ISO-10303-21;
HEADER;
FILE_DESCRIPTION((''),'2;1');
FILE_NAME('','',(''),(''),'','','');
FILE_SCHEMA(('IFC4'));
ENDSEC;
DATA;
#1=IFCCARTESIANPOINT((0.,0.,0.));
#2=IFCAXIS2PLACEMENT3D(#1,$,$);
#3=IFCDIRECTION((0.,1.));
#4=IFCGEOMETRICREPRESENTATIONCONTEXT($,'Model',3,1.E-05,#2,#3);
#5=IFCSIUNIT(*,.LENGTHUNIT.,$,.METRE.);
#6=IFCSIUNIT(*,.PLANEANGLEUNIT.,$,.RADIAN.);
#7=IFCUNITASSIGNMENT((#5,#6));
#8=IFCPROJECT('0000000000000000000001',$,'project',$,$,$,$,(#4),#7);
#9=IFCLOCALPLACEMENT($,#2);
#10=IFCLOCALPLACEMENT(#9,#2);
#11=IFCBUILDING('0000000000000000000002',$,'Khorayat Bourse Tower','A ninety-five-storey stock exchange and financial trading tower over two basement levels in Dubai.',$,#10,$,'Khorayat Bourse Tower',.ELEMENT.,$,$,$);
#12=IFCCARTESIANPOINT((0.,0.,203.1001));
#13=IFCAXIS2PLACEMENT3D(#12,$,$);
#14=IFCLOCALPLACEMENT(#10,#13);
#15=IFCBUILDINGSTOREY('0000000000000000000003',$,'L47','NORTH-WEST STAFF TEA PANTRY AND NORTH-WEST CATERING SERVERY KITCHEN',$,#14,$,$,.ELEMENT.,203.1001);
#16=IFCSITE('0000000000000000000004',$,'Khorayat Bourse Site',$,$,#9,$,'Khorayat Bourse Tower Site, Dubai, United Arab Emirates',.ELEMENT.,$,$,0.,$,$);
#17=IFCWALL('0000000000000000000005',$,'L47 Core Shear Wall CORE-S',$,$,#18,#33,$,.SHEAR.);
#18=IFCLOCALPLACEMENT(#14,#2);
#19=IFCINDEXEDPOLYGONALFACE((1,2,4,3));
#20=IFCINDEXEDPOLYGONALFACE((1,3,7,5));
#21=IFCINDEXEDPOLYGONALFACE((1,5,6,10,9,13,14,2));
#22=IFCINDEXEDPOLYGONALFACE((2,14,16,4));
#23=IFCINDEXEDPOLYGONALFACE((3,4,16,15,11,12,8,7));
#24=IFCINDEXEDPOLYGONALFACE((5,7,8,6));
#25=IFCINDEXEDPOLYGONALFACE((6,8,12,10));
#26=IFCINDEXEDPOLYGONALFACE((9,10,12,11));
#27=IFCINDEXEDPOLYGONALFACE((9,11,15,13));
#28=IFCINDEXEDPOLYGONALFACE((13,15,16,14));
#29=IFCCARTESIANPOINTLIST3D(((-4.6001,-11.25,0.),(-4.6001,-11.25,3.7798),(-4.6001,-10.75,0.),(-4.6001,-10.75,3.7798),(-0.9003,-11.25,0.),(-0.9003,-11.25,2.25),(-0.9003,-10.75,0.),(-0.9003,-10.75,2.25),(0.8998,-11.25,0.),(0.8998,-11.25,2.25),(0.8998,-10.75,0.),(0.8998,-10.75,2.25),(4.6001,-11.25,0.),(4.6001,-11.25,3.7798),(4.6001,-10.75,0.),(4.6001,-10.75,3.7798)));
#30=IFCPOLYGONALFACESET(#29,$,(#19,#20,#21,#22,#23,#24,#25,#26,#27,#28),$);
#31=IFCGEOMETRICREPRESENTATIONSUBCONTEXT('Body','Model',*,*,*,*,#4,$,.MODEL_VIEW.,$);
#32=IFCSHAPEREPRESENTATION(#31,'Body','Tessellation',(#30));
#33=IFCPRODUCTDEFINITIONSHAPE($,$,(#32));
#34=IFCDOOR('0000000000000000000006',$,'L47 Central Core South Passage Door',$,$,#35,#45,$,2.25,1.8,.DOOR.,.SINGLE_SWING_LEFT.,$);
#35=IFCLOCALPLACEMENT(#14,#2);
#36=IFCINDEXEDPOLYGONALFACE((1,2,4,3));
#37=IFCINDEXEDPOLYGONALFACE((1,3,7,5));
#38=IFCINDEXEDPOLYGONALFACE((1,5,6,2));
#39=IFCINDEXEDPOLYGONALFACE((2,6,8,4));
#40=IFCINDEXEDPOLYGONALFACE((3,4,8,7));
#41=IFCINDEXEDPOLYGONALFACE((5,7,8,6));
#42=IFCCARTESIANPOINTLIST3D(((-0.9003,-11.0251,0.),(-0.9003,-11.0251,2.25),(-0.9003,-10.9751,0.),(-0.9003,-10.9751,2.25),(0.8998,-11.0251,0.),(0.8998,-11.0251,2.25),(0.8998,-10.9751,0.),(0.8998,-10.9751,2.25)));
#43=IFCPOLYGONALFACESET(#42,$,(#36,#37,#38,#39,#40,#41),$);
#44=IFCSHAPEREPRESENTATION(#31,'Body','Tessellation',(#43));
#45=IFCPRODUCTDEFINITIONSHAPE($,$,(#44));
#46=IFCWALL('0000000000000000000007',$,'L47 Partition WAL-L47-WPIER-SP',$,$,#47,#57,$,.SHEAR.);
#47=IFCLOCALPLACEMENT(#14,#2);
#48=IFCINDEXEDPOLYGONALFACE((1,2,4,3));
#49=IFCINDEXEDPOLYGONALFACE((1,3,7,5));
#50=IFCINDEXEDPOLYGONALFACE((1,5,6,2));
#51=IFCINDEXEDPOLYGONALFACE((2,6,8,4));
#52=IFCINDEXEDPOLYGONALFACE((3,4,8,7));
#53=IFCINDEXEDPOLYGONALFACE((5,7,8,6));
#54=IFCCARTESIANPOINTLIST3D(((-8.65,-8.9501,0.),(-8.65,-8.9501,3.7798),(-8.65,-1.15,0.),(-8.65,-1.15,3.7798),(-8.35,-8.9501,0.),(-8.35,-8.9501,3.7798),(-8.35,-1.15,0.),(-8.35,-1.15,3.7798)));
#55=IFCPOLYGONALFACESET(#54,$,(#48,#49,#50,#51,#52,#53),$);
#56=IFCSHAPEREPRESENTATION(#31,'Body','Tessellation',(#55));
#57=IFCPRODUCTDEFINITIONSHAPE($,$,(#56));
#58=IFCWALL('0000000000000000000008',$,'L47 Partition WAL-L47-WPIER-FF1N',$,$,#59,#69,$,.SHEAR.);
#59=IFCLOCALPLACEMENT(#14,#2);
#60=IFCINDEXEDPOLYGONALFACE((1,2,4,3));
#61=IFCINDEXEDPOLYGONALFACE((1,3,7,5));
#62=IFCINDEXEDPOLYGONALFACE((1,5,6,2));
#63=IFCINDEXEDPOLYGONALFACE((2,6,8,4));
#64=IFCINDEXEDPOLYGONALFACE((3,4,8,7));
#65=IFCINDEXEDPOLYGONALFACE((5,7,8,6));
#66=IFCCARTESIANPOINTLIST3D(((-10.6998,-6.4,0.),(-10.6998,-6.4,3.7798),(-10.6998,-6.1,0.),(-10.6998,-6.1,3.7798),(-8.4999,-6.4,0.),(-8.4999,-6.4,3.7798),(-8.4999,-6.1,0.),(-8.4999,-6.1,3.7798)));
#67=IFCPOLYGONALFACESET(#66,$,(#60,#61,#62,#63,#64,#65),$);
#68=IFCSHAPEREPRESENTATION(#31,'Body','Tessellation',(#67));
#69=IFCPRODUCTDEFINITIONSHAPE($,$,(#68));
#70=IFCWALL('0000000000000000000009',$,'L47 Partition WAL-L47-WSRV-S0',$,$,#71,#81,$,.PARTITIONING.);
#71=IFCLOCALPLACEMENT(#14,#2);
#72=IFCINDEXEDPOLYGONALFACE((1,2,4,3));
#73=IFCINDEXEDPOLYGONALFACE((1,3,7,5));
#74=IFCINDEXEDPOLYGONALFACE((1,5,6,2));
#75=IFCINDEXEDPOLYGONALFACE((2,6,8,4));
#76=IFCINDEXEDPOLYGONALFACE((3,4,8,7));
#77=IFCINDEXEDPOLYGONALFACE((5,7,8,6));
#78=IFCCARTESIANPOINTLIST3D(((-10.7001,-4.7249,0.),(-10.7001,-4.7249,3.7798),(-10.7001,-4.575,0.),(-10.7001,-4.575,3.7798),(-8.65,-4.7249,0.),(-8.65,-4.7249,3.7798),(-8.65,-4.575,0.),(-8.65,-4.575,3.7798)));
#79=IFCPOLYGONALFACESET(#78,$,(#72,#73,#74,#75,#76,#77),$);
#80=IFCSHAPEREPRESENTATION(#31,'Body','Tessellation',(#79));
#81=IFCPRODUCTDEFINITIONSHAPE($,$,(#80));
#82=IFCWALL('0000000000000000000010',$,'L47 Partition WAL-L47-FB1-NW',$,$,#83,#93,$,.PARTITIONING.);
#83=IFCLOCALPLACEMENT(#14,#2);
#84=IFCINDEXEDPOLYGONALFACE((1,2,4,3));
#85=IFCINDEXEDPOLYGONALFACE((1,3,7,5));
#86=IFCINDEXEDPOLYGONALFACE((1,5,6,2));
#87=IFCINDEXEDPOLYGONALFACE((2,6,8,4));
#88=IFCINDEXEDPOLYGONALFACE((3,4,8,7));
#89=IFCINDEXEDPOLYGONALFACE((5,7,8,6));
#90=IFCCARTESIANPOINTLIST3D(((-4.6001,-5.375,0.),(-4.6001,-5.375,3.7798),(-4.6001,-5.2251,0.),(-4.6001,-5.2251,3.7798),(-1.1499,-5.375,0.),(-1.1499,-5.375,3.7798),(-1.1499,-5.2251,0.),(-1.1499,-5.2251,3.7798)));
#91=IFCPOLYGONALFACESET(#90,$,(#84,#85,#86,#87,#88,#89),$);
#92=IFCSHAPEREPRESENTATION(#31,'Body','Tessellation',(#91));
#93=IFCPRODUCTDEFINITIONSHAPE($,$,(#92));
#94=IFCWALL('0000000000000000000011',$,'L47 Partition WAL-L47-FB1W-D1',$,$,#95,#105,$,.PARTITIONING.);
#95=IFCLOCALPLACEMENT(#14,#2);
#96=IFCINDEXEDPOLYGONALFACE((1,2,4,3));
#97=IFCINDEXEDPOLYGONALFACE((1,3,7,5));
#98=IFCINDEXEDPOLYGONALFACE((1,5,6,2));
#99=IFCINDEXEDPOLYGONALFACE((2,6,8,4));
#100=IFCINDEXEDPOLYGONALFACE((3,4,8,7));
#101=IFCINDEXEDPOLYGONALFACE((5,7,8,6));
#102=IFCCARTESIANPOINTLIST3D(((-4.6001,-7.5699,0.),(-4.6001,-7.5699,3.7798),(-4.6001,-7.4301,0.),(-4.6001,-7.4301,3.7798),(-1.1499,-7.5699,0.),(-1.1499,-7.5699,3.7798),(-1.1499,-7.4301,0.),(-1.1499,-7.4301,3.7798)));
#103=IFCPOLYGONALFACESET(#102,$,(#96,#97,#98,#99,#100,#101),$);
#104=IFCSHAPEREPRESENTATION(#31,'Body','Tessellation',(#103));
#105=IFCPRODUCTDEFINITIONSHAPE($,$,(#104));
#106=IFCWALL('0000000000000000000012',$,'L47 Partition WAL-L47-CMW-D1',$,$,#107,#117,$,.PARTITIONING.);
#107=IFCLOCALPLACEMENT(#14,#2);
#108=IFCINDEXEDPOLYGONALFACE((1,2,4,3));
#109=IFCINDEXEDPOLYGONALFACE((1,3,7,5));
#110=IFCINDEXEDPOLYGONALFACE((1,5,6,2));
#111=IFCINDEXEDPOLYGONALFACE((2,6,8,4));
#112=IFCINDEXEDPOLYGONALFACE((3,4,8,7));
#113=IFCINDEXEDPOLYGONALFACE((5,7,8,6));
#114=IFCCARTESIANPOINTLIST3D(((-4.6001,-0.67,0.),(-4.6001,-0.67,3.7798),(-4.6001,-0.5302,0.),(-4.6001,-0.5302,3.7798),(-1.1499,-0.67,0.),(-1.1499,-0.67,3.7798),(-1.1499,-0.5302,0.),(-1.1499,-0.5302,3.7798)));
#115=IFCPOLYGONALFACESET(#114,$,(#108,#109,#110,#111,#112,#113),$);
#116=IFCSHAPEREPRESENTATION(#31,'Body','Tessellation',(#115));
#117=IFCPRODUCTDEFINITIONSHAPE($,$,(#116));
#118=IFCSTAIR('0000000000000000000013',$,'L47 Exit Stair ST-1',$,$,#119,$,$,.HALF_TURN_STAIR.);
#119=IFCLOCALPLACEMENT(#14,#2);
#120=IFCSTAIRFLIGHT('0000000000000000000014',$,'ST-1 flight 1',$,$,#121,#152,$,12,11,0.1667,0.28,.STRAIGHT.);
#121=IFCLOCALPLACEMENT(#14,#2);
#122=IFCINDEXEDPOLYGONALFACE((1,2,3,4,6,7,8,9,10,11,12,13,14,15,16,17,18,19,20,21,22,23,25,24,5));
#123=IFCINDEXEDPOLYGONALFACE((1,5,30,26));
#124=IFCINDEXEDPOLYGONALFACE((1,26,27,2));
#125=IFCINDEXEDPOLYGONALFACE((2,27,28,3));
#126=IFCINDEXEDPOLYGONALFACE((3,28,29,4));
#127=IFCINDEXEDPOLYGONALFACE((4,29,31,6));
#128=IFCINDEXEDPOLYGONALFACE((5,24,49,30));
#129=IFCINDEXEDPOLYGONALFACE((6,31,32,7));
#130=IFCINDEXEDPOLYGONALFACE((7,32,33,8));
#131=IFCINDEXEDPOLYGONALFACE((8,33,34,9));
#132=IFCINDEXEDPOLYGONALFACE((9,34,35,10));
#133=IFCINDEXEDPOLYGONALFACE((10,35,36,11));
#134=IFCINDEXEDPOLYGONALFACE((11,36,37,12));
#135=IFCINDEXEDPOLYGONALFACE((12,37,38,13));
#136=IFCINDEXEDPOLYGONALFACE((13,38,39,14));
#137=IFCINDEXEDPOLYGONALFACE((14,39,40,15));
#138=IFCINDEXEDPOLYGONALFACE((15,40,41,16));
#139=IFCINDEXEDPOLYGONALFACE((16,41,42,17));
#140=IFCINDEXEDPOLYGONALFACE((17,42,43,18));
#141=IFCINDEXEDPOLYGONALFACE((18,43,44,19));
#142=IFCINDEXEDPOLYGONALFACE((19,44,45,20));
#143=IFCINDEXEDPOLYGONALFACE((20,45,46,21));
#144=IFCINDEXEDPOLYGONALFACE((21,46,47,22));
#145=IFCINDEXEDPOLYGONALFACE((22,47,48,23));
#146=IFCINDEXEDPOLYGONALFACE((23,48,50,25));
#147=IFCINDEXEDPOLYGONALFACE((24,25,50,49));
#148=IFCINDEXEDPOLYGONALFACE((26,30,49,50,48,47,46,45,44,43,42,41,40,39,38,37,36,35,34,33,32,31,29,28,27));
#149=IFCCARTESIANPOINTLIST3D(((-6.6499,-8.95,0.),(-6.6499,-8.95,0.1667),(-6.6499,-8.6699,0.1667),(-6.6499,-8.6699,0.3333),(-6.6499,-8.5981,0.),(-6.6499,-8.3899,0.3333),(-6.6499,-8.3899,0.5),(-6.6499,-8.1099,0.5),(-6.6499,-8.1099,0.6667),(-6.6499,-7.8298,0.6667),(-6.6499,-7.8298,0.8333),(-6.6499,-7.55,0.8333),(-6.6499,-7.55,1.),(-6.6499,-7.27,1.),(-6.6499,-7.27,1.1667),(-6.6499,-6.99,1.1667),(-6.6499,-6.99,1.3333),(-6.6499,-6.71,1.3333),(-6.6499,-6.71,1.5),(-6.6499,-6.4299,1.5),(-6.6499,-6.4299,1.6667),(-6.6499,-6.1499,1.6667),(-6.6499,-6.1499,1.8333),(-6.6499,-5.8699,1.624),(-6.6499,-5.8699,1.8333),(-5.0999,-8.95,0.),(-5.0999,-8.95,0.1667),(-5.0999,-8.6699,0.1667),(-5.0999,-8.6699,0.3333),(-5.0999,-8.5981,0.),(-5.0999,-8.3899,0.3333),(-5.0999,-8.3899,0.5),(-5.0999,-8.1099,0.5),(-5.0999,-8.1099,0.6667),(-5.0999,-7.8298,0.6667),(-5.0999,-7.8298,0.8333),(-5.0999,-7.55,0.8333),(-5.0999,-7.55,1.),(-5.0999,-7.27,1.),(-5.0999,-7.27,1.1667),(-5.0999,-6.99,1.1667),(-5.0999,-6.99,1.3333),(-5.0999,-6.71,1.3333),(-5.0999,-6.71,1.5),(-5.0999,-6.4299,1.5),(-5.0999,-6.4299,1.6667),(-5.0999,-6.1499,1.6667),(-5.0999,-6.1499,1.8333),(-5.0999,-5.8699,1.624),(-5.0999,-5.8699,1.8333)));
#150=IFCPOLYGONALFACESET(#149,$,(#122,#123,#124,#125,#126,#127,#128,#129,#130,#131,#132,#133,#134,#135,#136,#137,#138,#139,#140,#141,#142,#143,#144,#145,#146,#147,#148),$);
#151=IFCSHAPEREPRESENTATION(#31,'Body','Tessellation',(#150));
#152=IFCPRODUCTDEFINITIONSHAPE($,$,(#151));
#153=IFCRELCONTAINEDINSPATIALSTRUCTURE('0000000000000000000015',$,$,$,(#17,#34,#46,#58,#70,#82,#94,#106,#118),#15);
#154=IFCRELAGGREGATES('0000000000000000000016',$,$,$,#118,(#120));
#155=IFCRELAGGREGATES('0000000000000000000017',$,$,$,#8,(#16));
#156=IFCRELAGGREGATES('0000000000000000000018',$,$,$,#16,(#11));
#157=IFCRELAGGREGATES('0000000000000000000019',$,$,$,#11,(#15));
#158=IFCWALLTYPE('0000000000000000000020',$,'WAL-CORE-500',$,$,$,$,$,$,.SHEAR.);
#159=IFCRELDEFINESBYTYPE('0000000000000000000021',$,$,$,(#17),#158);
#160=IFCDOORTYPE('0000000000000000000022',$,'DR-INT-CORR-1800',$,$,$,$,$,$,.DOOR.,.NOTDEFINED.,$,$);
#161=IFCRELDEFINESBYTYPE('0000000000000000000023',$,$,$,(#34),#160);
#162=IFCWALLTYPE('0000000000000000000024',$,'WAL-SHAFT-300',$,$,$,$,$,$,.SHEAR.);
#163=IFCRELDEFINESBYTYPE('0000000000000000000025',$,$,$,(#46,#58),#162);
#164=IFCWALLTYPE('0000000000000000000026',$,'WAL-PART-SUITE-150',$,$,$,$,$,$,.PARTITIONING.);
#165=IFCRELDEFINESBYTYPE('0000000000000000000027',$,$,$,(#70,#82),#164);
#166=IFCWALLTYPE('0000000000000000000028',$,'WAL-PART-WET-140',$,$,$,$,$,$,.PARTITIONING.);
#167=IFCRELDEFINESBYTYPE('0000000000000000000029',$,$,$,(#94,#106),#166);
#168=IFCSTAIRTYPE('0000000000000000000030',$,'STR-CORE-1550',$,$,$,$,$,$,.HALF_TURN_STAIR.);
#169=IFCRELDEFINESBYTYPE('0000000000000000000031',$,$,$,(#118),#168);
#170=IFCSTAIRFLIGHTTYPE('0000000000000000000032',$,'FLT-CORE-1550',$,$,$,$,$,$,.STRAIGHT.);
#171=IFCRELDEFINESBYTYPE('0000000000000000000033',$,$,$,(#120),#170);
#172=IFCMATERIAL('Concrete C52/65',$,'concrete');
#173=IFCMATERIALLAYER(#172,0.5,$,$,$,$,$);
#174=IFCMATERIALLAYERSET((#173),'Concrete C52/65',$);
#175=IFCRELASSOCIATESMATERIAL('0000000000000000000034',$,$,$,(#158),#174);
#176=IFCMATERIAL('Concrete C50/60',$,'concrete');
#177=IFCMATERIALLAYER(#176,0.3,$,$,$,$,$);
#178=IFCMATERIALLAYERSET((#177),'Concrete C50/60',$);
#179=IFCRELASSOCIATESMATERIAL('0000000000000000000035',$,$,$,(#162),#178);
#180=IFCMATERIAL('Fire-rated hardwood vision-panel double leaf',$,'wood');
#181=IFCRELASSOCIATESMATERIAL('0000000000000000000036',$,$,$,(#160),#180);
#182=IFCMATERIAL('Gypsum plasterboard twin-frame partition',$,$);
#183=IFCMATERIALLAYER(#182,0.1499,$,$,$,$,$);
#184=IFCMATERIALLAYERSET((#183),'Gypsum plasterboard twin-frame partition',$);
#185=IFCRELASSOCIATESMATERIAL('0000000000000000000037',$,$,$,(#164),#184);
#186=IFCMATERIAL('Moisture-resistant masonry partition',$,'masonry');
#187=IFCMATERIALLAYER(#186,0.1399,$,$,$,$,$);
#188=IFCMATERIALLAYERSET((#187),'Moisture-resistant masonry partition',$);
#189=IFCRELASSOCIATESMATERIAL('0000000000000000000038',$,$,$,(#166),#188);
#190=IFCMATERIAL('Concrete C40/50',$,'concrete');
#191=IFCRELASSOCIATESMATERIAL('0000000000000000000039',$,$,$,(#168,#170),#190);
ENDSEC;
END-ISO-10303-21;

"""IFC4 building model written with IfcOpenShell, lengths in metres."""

from ifc_helpers import new_model, si_unit, direction, frame, frame_2d, origin, place, context, subcontext, project, spatial, polyline, rectangle, outline, extrude, source, transform, mapped, material, layer, layer_set, type_object, element, fill, aggregate, save


model = new_model("IFC4")

# Units and contexts
model_context = context("Model", 3, precision=1e-05, world=origin(), true_north=direction((0.0, 1.0)))
body_context = subcontext(model_context, "Body", "Model", "MODEL_VIEW")
ifc_project = project(units=[si_unit("LENGTHUNIT", "METRE"), si_unit("PLANEANGLEUNIT", "RADIAN")], contexts=[model_context])

# Site, building, storey
site_placement = place(None, origin())
site = spatial("IfcSite", under=ifc_project, at=site_placement, Name="Khorayat Bourse Site", LongName="Khorayat Bourse Tower Site, Dubai, United Arab Emirates", CompositionType="ELEMENT", RefElevation=0.0)
building_placement = place(site_placement, origin())
building = spatial("IfcBuilding", under=site, at=building_placement, Name="Khorayat Bourse Tower", Description="A ninety-five-storey stock exchange and financial trading tower over two basement levels in Dubai.", LongName="Khorayat Bourse Tower", CompositionType="ELEMENT")
storey_placement = place(building_placement, frame((0.0, 0.0, 203.1001)))
storey = spatial("IfcBuildingStorey", under=building, at=storey_placement, Name="L47", Description="NORTH-WEST STAFF TEA PANTRY AND NORTH-WEST CATERING SERVERY KITCHEN", CompositionType="ELEMENT", Elevation=203.1001)

# Shared definitions
ifc_material_1 = material(Name="Concrete C52/65", Category="concrete")
ifc_layer_1 = layer(ifc_material_1, 0.5)
ifc_layer_set_1 = layer_set([ifc_layer_1], Name="Concrete C52/65")
wall_type_1 = type_object("IfcWallType", Name="WAL-CORE-500", PredefinedType="SHEAR", material=ifc_layer_set_1)
ifc_material_2 = material(Name="Concrete C50/60", Category="concrete")
ifc_layer_2 = layer(ifc_material_2, 0.3)
ifc_layer_set_2 = layer_set([ifc_layer_2], Name="Concrete C50/60")
wall_type_2 = type_object("IfcWallType", Name="WAL-SHAFT-300", PredefinedType="SHEAR", material=ifc_layer_set_2)

# Wall, opening, door
shared_shape_1 = source(origin(), body_context, "Body", "SweptSolid", [
    extrude(rectangle(XDim=9.2002, YDim=0.5, at=frame_2d((4.6001, 0.0))), origin(), (0.0, 0.0, 1.0), 3.7798),
])
wall_1_placement = place(storey_placement, frame((-4.6001, -11.0, 0.0), z_axis=(0.0, 0.0, 1.0), x_axis=(1.0, 0.0, 0.0)))
wall_1 = element("IfcWall", 1, at=wall_1_placement, inside=storey, type_object=wall_type_1, Name="L47 Core Shear Wall CORE-S", PredefinedType="SHEAR", context=body_context, shape_type="MappedRepresentation", body=[
    mapped(shared_shape_1, transform((0.0, 0.0, 0.0), scale=1.0)),
])
shared_shape_2 = source(origin(), body_context, "Body", "SweptSolid", [
    extrude(rectangle(XDim=1.8, YDim=2.25, at=frame_2d((0.8999, 1.125))), frame((0.0, 0.26, 0.0), z_axis=(0.0, -1.0, 0.0), x_axis=(1.0, 0.0, 0.0)), (0.0, 0.0, 1.0), 0.52),
])
opening_1_placement = place(wall_1_placement, frame((3.7, 0.0, 0.0)))
opening_1 = element("IfcOpeningElement", 2, at=opening_1_placement, cuts=wall_1, PredefinedType="OPENING", context=body_context, shape_type="MappedRepresentation", body=[
    mapped(shared_shape_2, transform((0.0, 0.0, 0.0), scale=1.0)),
])
ifc_material_3 = material(Name="Fire-rated hardwood vision-panel double leaf", Category="wood")
door_type_1 = type_object("IfcDoorType", Name="DR-INT-CORR-1800", OperationType="NOTDEFINED", PredefinedType="DOOR", material=ifc_material_3)
shared_shape_3 = source(origin(), body_context, "Body", "SweptSolid", [
    extrude(rectangle(XDim=1.8, YDim=2.25, at=frame_2d((0.8999, 1.125))), frame((0.0, 0.0249, 0.0), z_axis=(0.0, -1.0, 0.0), x_axis=(1.0, 0.0, 0.0)), (0.0, 0.0, 1.0), 0.05),
])
door_1_placement = place(opening_1_placement, origin())
door_1 = element("IfcDoor", 3, at=door_1_placement, inside=storey, type_object=door_type_1, Name="L47 Central Core South Passage Door", OperationType="SINGLE_SWING_LEFT", OverallHeight=2.25, OverallWidth=1.8, PredefinedType="DOOR", context=body_context, shape_type="MappedRepresentation", body=[
    mapped(shared_shape_3, transform((0.0, 0.0, 0.0), scale=1.0)),
])
fill(opening_1, door_1)

# Walls
shared_shape_4 = source(origin(), body_context, "Body", "SweptSolid", [
    extrude(rectangle(XDim=7.8, YDim=0.3, at=frame_2d((3.8999, 0.0))), origin(), (0.0, 0.0, 1.0), 3.7798),
])
wall_2_placement = place(storey_placement, frame((-8.5, -8.95, 0.0), z_axis=(0.0, 0.0, 1.0), x_axis=(0.0, 1.0, 0.0)))
element("IfcWall", 4, at=wall_2_placement, inside=storey, type_object=wall_type_2, Name="L47 Partition WAL-L47-WPIER-SP", PredefinedType="SHEAR", context=body_context, shape_type="MappedRepresentation", body=[
    mapped(shared_shape_4, transform((0.0, 0.0, 0.0), scale=1.0)),
])
shared_shape_5 = source(origin(), body_context, "Body", "SweptSolid", [
    extrude(rectangle(XDim=2.2, YDim=0.3, at=frame_2d((1.1001, 0.0))), origin(), (0.0, 0.0, 1.0), 3.7798),
])
wall_3_placement = place(storey_placement, frame((-10.7, -6.25, 0.0), z_axis=(0.0, 0.0, 1.0), x_axis=(1.0, 0.0, 0.0)))
element("IfcWall", 5, at=wall_3_placement, inside=storey, type_object=wall_type_2, Name="L47 Partition WAL-L47-WPIER-FF1N", PredefinedType="SHEAR", context=body_context, shape_type="MappedRepresentation", body=[
    mapped(shared_shape_5, transform((0.0, 0.0, 0.0), scale=1.0)),
])
ifc_material_4 = material(Name="Gypsum plasterboard twin-frame partition")
ifc_layer_3 = layer(ifc_material_4, 0.1499)
ifc_layer_set_3 = layer_set([ifc_layer_3], Name="Gypsum plasterboard twin-frame partition")
wall_type_3 = type_object("IfcWallType", Name="WAL-PART-SUITE-150", PredefinedType="PARTITIONING", material=ifc_layer_set_3)
shared_shape_6 = source(origin(), body_context, "Body", "SweptSolid", [
    extrude(rectangle(XDim=2.05, YDim=0.1499, at=frame_2d((1.0249, 0.0))), origin(), (0.0, 0.0, 1.0), 3.7798),
])
wall_4_placement = place(storey_placement, frame((-10.7, -4.6499, 0.0), z_axis=(0.0, 0.0, 1.0), x_axis=(1.0, 0.0, 0.0)))
element("IfcWall", 6, at=wall_4_placement, inside=storey, type_object=wall_type_3, Name="L47 Partition WAL-L47-WSRV-S0", PredefinedType="PARTITIONING", context=body_context, shape_type="MappedRepresentation", body=[
    mapped(shared_shape_6, transform((0.0, 0.0, 0.0), scale=1.0)),
])
shared_shape_7 = source(origin(), body_context, "Body", "SweptSolid", [
    extrude(rectangle(XDim=3.4502, YDim=0.1499, at=frame_2d((1.7251, 0.0))), origin(), (0.0, 0.0, 1.0), 3.7798),
])
wall_5_placement = place(storey_placement, frame((-4.6001, -5.3, 0.0), z_axis=(0.0, 0.0, 1.0), x_axis=(1.0, 0.0, 0.0)))
element("IfcWall", 7, at=wall_5_placement, inside=storey, type_object=wall_type_3, Name="L47 Partition WAL-L47-FB1-NW", PredefinedType="PARTITIONING", context=body_context, shape_type="MappedRepresentation", body=[
    mapped(shared_shape_7, transform((0.0, 0.0, 0.0), scale=1.0)),
])
ifc_material_5 = material(Name="Moisture-resistant masonry partition", Category="masonry")
ifc_layer_4 = layer(ifc_material_5, 0.1399)
ifc_layer_set_4 = layer_set([ifc_layer_4], Name="Moisture-resistant masonry partition")
wall_type_4 = type_object("IfcWallType", Name="WAL-PART-WET-140", PredefinedType="PARTITIONING", material=ifc_layer_set_4)
shared_shape_8 = source(origin(), body_context, "Body", "SweptSolid", [
    extrude(rectangle(XDim=3.4502, YDim=0.1399, at=frame_2d((1.7251, 0.0))), origin(), (0.0, 0.0, 1.0), 3.7798),
])
for number, where, z_axis, x_axis, name in (
    (8, (-4.6001, -7.5, 0.0), (0.0, 0.0, 1.0), (1.0, 0.0, 0.0), "L47 Partition WAL-L47-FB1W-D1"),
    (9, (-4.6001, -0.6001, 0.0), (0.0, 0.0, 1.0), (1.0, 0.0, 0.0), "L47 Partition WAL-L47-CMW-D1"),
):
    element("IfcWall", number, at=place(storey_placement, frame(where, z_axis=z_axis, x_axis=x_axis)), inside=storey, type_object=wall_type_4, Name=name, PredefinedType="PARTITIONING", context=body_context, shape_type="MappedRepresentation", body=[
        mapped(shared_shape_8, transform((0.0, 0.0, 0.0), scale=1.0)),
    ])

# Stair, stair flight
ifc_material_6 = material(Name="Concrete C40/50", Category="concrete")
stair_type = type_object("IfcStairType", Name="STR-CORE-1550", PredefinedType="HALF_TURN_STAIR", material=ifc_material_6)
stair_placement = place(storey_placement, origin())
stair = element("IfcStair", 10, at=stair_placement, inside=storey, type_object=stair_type, Name="L47 Exit Stair ST-1", PredefinedType="HALF_TURN_STAIR")
stair_flight_type = type_object("IfcStairFlightType", Name="FLT-CORE-1550", PredefinedType="STRAIGHT", material=ifc_material_6)
shared_shape_9 = source(origin(), body_context, "Body", "SweptSolid", [
    extrude(outline(polyline([(0.0, 0.0), (0.0, 0.1667), (0.28, 0.1667), (0.28, 0.3333), (0.5601, 0.3333), (0.5601, 0.5), (0.8401, 0.5), (0.8401, 0.6667), (1.1201, 0.6667), (1.1201, 0.8333), (1.3999, 0.8333), (1.3999, 1.0), (1.6799, 1.0), (1.6799, 1.1667), (1.96, 1.1667), (1.96, 1.3333), (2.24, 1.3333), (2.24, 1.5), (2.52, 1.5), (2.52, 1.6667), (2.8, 1.6667), (2.8, 1.8333), (3.0801, 1.8333), (3.0801, 2.0), (3.0801, 1.624), (0.3518, 0.0), (0.0, 0.0)])), frame((0.0, 0.7749, 0.0), z_axis=(0.0, -1.0, 0.0), x_axis=(1.0, 0.0, 0.0)), (0.0, 0.0, 1.0), 1.55),
])
stair_flight_1_placement = place(storey_placement, frame((-5.875, -8.95, 0.0), z_axis=(0.0, 0.0, 1.0), x_axis=(0.0, 1.0, 0.0)))
stair_flight_1 = element("IfcStairFlight", 11, at=stair_flight_1_placement, type_object=stair_flight_type, Name="ST-1 flight 1", NumberOfRisers=12, NumberOfTreads=11, PredefinedType="STRAIGHT", RiserHeight=0.1667, TreadLength=0.28, context=body_context, shape_type="MappedRepresentation", body=[
    mapped(shared_shape_9, transform((0.0, 0.0, 0.0), scale=1.0)),
])
aggregate(stair, [stair_flight_1])

save(model, "model.ifc")
